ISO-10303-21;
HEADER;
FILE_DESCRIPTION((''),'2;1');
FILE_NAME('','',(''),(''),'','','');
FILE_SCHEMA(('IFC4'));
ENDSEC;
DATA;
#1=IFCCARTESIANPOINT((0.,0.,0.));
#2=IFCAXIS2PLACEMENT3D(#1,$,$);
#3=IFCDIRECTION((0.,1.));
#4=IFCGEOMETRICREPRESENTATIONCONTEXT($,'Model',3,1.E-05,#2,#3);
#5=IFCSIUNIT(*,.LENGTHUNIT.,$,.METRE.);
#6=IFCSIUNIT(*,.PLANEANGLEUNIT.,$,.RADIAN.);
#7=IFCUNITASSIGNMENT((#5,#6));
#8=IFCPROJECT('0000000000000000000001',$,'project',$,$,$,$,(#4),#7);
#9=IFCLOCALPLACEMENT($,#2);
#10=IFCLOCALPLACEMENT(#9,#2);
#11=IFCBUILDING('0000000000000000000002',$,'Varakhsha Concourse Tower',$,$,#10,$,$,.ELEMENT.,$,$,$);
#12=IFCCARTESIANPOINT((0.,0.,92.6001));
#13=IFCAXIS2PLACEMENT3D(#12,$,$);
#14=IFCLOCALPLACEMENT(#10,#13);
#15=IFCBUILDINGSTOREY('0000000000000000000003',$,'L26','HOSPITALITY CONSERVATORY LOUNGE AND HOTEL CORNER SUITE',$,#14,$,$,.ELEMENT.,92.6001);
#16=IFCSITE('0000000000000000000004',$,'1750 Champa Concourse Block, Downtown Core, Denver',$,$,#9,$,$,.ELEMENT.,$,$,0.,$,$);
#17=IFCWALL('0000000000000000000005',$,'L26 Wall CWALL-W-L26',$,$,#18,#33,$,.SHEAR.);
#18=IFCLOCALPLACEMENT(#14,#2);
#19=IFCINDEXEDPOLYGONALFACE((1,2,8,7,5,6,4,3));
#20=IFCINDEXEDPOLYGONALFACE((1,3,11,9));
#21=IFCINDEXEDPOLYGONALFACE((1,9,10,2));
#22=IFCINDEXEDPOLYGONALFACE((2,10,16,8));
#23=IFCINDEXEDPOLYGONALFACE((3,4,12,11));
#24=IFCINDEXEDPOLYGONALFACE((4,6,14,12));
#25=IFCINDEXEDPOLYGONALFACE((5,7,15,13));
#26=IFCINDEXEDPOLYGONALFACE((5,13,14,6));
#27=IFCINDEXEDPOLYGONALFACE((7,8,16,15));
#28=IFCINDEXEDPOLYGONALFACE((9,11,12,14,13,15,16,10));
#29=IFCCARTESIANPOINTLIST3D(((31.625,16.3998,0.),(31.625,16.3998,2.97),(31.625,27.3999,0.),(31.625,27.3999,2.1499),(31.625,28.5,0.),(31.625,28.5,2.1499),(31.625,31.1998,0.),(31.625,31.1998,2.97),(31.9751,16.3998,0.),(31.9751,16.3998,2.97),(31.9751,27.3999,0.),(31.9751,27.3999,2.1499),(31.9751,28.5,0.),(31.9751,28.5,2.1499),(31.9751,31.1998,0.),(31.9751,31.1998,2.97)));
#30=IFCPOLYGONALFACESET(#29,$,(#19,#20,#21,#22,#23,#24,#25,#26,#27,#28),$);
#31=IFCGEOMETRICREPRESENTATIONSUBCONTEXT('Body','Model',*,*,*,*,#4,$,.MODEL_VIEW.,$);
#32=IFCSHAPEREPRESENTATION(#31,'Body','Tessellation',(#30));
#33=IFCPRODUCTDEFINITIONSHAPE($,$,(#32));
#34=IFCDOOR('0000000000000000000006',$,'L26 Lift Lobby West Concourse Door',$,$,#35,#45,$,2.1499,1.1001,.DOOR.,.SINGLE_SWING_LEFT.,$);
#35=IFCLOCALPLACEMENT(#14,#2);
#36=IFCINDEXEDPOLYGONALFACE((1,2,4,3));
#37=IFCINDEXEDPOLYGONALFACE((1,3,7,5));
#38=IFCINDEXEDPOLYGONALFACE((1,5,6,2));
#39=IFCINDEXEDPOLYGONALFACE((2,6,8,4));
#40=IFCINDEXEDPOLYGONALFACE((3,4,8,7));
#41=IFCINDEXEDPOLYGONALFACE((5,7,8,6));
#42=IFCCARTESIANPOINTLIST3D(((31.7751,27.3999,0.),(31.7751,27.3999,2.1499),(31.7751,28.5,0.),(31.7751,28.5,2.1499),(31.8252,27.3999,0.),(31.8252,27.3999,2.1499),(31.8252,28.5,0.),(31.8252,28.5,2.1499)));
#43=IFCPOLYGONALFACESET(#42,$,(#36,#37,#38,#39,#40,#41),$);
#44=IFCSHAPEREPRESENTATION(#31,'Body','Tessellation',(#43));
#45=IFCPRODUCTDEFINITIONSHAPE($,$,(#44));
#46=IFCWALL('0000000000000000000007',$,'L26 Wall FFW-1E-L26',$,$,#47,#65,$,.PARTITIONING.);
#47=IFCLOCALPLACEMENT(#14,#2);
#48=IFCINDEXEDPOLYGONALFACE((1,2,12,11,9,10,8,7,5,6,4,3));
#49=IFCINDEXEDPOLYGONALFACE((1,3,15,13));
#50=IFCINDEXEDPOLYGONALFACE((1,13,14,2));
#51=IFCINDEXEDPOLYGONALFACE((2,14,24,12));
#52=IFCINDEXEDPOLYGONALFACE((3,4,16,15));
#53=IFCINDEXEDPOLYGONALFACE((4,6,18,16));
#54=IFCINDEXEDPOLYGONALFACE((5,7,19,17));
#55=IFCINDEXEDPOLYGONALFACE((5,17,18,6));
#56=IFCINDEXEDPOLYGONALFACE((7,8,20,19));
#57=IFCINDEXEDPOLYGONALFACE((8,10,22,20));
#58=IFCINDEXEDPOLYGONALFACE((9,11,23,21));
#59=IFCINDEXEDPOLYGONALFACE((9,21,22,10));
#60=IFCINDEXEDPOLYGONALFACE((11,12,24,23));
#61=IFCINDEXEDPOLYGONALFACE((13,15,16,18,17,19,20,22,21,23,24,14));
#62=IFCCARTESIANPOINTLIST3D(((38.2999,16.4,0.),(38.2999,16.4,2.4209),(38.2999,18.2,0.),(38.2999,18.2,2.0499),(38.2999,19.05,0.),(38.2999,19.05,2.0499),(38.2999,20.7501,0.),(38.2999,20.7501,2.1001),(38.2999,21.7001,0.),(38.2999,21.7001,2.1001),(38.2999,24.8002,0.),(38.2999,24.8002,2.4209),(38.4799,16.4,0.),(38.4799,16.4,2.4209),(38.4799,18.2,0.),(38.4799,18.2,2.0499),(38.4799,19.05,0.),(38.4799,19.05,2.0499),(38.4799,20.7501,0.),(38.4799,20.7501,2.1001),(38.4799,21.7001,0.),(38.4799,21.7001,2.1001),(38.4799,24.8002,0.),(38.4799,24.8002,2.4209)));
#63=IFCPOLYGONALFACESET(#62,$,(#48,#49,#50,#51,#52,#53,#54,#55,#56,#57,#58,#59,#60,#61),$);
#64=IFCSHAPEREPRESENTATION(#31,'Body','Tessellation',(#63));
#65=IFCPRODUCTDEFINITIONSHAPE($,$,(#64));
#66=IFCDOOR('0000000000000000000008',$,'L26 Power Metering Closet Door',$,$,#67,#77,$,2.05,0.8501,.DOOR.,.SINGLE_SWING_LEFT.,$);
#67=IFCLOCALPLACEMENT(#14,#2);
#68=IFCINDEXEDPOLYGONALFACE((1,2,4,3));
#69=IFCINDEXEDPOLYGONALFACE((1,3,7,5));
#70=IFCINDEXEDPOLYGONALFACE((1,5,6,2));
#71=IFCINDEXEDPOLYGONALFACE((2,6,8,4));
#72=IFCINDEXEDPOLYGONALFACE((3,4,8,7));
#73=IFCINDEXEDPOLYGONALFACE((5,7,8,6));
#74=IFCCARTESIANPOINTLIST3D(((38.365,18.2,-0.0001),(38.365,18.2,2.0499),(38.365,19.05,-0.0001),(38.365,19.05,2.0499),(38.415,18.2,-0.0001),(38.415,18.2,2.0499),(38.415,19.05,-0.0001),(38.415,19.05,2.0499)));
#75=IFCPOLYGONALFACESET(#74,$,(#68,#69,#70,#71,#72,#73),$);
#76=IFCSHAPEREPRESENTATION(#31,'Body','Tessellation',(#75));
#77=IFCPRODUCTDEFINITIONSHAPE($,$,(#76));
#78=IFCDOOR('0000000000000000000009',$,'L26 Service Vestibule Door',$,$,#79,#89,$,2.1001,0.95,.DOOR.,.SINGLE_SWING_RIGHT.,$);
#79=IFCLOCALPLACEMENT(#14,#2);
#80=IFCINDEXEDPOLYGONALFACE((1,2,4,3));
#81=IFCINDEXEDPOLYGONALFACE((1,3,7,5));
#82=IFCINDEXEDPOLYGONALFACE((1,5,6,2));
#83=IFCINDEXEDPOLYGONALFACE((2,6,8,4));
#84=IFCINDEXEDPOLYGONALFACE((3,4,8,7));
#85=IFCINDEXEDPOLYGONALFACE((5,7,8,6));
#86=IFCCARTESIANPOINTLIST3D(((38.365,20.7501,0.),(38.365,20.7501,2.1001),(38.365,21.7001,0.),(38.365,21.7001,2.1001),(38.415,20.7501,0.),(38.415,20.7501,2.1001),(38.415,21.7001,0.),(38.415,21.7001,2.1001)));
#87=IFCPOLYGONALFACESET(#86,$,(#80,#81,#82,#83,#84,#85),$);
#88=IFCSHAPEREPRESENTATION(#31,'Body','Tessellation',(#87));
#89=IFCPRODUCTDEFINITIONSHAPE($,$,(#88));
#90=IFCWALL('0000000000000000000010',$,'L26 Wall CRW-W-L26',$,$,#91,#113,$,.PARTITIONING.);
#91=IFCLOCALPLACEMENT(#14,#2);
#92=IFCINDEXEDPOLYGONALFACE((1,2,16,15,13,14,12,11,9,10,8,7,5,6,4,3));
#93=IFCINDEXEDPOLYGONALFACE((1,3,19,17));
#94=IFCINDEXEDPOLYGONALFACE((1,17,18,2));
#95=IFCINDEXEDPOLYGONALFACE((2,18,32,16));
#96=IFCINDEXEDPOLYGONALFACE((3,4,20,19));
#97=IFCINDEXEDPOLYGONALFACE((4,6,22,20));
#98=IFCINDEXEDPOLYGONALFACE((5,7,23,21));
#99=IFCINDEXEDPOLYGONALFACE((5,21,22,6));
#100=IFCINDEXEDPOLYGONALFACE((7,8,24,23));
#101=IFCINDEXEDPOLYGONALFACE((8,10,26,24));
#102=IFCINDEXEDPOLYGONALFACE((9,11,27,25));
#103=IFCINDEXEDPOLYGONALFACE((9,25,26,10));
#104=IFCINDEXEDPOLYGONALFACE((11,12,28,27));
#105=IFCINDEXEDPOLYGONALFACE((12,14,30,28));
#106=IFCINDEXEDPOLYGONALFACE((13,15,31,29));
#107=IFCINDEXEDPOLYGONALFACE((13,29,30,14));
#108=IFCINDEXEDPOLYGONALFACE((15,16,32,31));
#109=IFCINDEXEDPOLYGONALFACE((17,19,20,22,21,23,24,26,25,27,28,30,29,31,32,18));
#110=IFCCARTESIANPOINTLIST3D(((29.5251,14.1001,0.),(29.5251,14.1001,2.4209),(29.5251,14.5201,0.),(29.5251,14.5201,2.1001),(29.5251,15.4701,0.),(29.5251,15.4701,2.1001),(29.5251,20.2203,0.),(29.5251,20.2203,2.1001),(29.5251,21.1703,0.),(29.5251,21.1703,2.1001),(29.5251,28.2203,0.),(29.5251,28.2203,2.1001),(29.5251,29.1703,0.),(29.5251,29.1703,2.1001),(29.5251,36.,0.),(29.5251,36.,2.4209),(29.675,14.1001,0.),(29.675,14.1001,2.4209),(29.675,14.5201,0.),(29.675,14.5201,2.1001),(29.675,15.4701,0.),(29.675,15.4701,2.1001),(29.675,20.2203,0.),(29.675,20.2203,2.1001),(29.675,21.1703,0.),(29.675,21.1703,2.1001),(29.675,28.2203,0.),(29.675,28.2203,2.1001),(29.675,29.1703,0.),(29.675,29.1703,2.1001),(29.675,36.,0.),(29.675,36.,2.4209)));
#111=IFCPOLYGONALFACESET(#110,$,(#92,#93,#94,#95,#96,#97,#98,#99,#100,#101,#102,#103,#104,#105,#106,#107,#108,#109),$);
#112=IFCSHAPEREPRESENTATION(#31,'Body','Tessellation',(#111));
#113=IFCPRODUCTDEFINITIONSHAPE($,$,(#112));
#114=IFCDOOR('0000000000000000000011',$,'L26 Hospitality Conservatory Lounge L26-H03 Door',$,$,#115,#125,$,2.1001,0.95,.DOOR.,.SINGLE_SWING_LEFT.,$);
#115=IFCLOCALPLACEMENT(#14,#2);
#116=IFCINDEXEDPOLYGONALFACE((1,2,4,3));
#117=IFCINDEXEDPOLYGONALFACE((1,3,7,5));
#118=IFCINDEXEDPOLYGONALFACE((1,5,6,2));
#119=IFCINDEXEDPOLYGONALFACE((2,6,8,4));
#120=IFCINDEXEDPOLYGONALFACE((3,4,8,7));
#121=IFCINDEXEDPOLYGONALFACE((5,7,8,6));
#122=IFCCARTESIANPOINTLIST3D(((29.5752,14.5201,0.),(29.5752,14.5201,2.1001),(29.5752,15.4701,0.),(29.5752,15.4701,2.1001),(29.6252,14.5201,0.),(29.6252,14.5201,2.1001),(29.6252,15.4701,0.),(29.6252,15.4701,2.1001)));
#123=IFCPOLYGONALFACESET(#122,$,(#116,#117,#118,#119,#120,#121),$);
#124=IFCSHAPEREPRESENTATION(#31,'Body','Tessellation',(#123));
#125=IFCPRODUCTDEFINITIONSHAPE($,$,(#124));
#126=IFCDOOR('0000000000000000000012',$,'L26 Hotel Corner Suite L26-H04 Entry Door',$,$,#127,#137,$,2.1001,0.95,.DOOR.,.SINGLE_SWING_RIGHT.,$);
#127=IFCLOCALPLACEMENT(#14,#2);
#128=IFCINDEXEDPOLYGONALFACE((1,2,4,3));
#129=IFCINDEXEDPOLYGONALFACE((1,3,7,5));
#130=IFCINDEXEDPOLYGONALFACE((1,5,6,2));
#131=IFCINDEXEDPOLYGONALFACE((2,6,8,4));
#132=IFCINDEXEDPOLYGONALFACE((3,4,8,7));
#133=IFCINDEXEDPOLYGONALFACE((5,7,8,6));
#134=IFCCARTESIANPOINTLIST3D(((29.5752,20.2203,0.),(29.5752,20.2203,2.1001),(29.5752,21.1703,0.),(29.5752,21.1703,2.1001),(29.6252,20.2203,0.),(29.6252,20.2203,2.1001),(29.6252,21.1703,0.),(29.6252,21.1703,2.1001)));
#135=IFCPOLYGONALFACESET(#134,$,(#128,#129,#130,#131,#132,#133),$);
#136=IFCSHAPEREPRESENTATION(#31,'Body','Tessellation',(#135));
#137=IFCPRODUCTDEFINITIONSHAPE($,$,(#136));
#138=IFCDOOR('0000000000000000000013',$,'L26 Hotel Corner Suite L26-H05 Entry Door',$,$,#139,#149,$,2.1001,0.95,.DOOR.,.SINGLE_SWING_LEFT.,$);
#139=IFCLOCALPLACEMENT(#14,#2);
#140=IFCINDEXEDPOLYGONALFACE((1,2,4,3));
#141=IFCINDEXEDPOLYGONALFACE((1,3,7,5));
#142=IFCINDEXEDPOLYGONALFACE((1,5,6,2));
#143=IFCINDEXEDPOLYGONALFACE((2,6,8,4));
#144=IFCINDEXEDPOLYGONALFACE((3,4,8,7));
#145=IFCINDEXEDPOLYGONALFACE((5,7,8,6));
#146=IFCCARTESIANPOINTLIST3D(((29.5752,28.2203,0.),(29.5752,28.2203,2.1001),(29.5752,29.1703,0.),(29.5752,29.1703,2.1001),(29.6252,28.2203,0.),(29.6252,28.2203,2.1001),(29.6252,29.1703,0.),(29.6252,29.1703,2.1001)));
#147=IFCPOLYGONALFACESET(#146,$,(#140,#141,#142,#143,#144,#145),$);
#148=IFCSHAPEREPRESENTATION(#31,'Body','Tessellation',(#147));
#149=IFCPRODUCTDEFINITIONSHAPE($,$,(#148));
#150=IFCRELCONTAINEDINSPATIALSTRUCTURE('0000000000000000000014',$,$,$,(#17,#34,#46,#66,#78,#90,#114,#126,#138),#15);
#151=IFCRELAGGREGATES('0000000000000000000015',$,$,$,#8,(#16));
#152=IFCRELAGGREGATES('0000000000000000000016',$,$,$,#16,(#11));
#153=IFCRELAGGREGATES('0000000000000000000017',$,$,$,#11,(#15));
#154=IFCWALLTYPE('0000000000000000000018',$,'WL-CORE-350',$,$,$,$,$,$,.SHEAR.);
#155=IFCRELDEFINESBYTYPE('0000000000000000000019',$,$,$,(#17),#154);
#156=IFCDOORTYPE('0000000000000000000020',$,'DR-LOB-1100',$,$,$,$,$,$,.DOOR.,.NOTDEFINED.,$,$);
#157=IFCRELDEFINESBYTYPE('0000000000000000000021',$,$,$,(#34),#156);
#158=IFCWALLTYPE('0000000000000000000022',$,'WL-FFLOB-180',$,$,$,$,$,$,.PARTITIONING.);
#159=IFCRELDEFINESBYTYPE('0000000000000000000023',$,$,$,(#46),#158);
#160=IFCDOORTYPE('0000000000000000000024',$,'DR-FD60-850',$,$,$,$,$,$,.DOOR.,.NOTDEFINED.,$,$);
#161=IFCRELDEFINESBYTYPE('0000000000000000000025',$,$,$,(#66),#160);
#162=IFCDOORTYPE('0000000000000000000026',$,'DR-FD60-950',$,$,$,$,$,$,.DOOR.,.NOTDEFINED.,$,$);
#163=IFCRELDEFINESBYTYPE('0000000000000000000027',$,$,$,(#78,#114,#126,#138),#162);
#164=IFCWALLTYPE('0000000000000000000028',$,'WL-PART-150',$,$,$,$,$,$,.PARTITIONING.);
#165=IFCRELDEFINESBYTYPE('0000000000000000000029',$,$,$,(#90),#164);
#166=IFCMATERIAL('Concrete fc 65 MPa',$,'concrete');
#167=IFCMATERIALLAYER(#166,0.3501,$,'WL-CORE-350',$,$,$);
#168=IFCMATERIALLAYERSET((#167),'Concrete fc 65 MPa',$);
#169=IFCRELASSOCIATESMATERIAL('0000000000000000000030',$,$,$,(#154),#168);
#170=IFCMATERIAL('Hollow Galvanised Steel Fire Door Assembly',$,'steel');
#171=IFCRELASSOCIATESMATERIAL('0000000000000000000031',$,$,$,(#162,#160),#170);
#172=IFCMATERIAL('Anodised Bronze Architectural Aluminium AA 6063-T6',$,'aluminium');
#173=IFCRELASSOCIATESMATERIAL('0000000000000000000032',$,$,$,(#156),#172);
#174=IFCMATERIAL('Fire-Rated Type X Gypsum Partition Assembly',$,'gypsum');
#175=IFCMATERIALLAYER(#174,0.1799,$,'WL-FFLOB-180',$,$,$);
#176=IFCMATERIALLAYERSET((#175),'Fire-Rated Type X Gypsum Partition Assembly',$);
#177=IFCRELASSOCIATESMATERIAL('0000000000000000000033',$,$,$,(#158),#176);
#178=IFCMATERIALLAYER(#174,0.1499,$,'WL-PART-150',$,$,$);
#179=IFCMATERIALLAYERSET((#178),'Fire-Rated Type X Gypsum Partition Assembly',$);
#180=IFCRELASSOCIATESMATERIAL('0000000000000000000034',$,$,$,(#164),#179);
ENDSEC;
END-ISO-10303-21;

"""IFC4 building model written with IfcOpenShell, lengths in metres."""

from ifc_helpers import new_model, si_unit, direction, frame, frame_2d, origin, place, context, subcontext, project, spatial, rectangle, extrude, material, layer, layer_set, type_object, element, fill, save


model = new_model("IFC4")

# Units and contexts
model_context = context("Model", 3, precision=1e-05, world=origin(), true_north=direction((0.0, 1.0)))
body_context = subcontext(model_context, "Body", "Model", "MODEL_VIEW")
ifc_project = project(units=[si_unit("LENGTHUNIT", "METRE"), si_unit("PLANEANGLEUNIT", "RADIAN")], contexts=[model_context])

# Site, building, storey
site_placement = place(None, origin())
site = spatial("IfcSite", under=ifc_project, at=site_placement, Name="1750 Champa Concourse Block, Downtown Core, Denver", CompositionType="ELEMENT", RefElevation=0.0)
building_placement = place(site_placement, origin())
building = spatial("IfcBuilding", under=site, at=building_placement, Name="Varakhsha Concourse Tower", CompositionType="ELEMENT")
storey_placement = place(building_placement, frame((0.0, 0.0, 92.6001)))
storey = spatial("IfcBuildingStorey", under=building, at=storey_placement, Name="L26", Description="HOSPITALITY CONSERVATORY LOUNGE AND HOTEL CORNER SUITE", CompositionType="ELEMENT", Elevation=92.6001)

# Shared definitions
ifc_material_1 = material(Name="Concrete fc 65 MPa", Category="concrete")

# Shared definitions
ifc_layer_1 = layer(ifc_material_1, 0.3501, Name="WL-CORE-350")
ifc_layer_set_1 = layer_set([ifc_layer_1], Name="Concrete fc 65 MPa")
wall_type_1 = type_object("IfcWallType", Name="WL-CORE-350", PredefinedType="SHEAR", material=ifc_layer_set_1)
ifc_material_2 = material(Name="Hollow Galvanised Steel Fire Door Assembly", Category="steel")
door_type_1 = type_object("IfcDoorType", Name="DR-FD60-950", OperationType="NOTDEFINED", PredefinedType="DOOR", material=ifc_material_2)

# Wall, opening, door
wall_1_placement = place(storey_placement, frame((31.8, 16.3999, 0.0), z_axis=(0.0, 0.0, 1.0), x_axis=(0.0, 1.0, 0.0)))
wall_1 = element("IfcWall", 1, at=wall_1_placement, inside=storey, type_object=wall_type_1, Name="L26 Wall CWALL-W-L26", PredefinedType="SHEAR", context=body_context, shape_type="SweptSolid", body=[
    extrude(rectangle(XDim=14.8, YDim=0.3501, at=frame_2d((7.3999, 0.0))), origin(), (0.0, 0.0, 1.0), 2.97),
])
opening_1_placement = place(wall_1_placement, frame((11.0, 0.0, 0.0)))
opening_1 = element("IfcOpeningElement", 2, at=opening_1_placement, cuts=wall_1, PredefinedType="OPENING", context=body_context, shape_type="SweptSolid", body=[
    extrude(rectangle(XDim=1.1001, YDim=2.1499, at=frame_2d((0.55, 1.075))), frame((0.0, 0.1851, 0.0), z_axis=(0.0, -1.0, 0.0), x_axis=(1.0, 0.0, 0.0)), (0.0, 0.0, 1.0), 0.3701),
])
ifc_material_3 = material(Name="Anodised Bronze Architectural Aluminium AA 6063-T6", Category="aluminium")
door_type_2 = type_object("IfcDoorType", Name="DR-LOB-1100", OperationType="NOTDEFINED", PredefinedType="DOOR", material=ifc_material_3)
door_1_placement = place(opening_1_placement, origin())
door_1 = element("IfcDoor", 3, at=door_1_placement, inside=storey, type_object=door_type_2, Name="L26 Lift Lobby West Concourse Door", OperationType="SINGLE_SWING_LEFT", OverallHeight=2.1499, OverallWidth=1.1001, PredefinedType="DOOR", context=body_context, shape_type="SweptSolid", body=[
    extrude(rectangle(XDim=1.1001, YDim=2.1499, at=frame_2d((0.55, 1.075))), frame((0.0, 0.0249, 0.0), z_axis=(0.0, -1.0, 0.0), x_axis=(1.0, 0.0, 0.0)), (0.0, 0.0, 1.0), 0.05),
])
fill(opening_1, door_1)

# Walls, openings, doors
ifc_material_4 = material(Name="Fire-Rated Type X Gypsum Partition Assembly", Category="gypsum")
ifc_layer_2 = layer(ifc_material_4, 0.1799, Name="WL-FFLOB-180")
ifc_layer_set_2 = layer_set([ifc_layer_2], Name="Fire-Rated Type X Gypsum Partition Assembly")
wall_type_2 = type_object("IfcWallType", Name="WL-FFLOB-180", PredefinedType="PARTITIONING", material=ifc_layer_set_2)
wall_2_placement = place(storey_placement, frame((38.3899, 16.3999, 0.0), z_axis=(0.0, 0.0, 1.0), x_axis=(0.0, 1.0, 0.0)))
wall_2 = element("IfcWall", 4, at=wall_2_placement, inside=storey, type_object=wall_type_2, Name="L26 Wall FFW-1E-L26", PredefinedType="PARTITIONING", context=body_context, shape_type="SweptSolid", body=[
    extrude(rectangle(XDim=8.4001, YDim=0.1799, at=frame_2d((4.2002, 0.0))), origin(), (0.0, 0.0, 1.0), 2.4209),
])
opening_2_placement = place(wall_2_placement, frame((1.8, 0.0, 0.0)))
opening_2 = element("IfcOpeningElement", 5, at=opening_2_placement, cuts=wall_2, PredefinedType="OPENING", context=body_context, shape_type="SweptSolid", body=[
    extrude(rectangle(XDim=0.8501, YDim=2.05, at=frame_2d((0.425, 1.0249))), frame((0.0, 0.0999, 0.0), z_axis=(0.0, -1.0, 0.0), x_axis=(1.0, 0.0, 0.0)), (0.0, 0.0, 1.0), 0.2),
])
opening_3_placement = place(wall_2_placement, frame((4.3501, 0.0, 0.0)))
opening_3 = element("IfcOpeningElement", 6, at=opening_3_placement, cuts=wall_2, PredefinedType="OPENING", context=body_context, shape_type="SweptSolid", body=[
    extrude(rectangle(XDim=0.95, YDim=2.1001, at=frame_2d((0.4751, 1.05))), frame((0.0, 0.0999, 0.0), z_axis=(0.0, -1.0, 0.0), x_axis=(1.0, 0.0, 0.0)), (0.0, 0.0, 1.0), 0.2),
])
door_type_3 = type_object("IfcDoorType", Name="DR-FD60-850", OperationType="NOTDEFINED", PredefinedType="DOOR", material=ifc_material_2)
door_2_placement = place(opening_2_placement, origin())
door_2 = element("IfcDoor", 7, at=door_2_placement, inside=storey, type_object=door_type_3, Name="L26 Power Metering Closet Door", OperationType="SINGLE_SWING_LEFT", OverallHeight=2.05, OverallWidth=0.8501, PredefinedType="DOOR", context=body_context, shape_type="SweptSolid", body=[
    extrude(rectangle(XDim=0.8501, YDim=2.05, at=frame_2d((0.425, 1.0249))), frame((0.0, 0.0249, 0.0), z_axis=(0.0, -1.0, 0.0), x_axis=(1.0, 0.0, 0.0)), (0.0, 0.0, 1.0), 0.05),
])
fill(opening_2, door_2)
door_3_placement = place(opening_3_placement, origin())
door_3 = element("IfcDoor", 8, at=door_3_placement, inside=storey, type_object=door_type_1, Name="L26 Service Vestibule Door", OperationType="SINGLE_SWING_RIGHT", OverallHeight=2.1001, OverallWidth=0.95, PredefinedType="DOOR", context=body_context, shape_type="SweptSolid", body=[
    extrude(rectangle(XDim=0.95, YDim=2.1001, at=frame_2d((0.4751, 1.05))), frame((0.0, 0.0249, 0.0), z_axis=(0.0, -1.0, 0.0), x_axis=(1.0, 0.0, 0.0)), (0.0, 0.0, 1.0), 0.05),
])
fill(opening_3, door_3)
ifc_layer_3 = layer(ifc_material_4, 0.1499, Name="WL-PART-150")
ifc_layer_set_3 = layer_set([ifc_layer_3], Name="Fire-Rated Type X Gypsum Partition Assembly")
wall_type_3 = type_object("IfcWallType", Name="WL-PART-150", PredefinedType="PARTITIONING", material=ifc_layer_set_3)
wall_3_placement = place(storey_placement, frame((29.6001, 14.1001, 0.0), z_axis=(0.0, 0.0, 1.0), x_axis=(0.0, 1.0, 0.0)))
wall_3 = element("IfcWall", 9, at=wall_3_placement, inside=storey, type_object=wall_type_3, Name="L26 Wall CRW-W-L26", PredefinedType="PARTITIONING", context=body_context, shape_type="SweptSolid", body=[
    extrude(rectangle(XDim=21.8999, YDim=0.1499, at=frame_2d((10.95, 0.0))), origin(), (0.0, 0.0, 1.0), 2.4209),
])
opening_4_placement = place(wall_3_placement, frame((0.4199, 0.0, 0.0)))
opening_4 = element("IfcOpeningElement", 10, at=opening_4_placement, cuts=wall_3, PredefinedType="OPENING", context=body_context, shape_type="SweptSolid", body=[
    extrude(rectangle(XDim=0.95, YDim=2.1001, at=frame_2d((0.4751, 1.05))), frame((0.0, 0.085, 0.0), z_axis=(0.0, -1.0, 0.0), x_axis=(1.0, 0.0, 0.0)), (0.0, 0.0, 1.0), 0.1699),
])
opening_5_placement = place(wall_3_placement, frame((6.1201, 0.0, 0.0)))
opening_5 = element("IfcOpeningElement", 11, at=opening_5_placement, cuts=wall_3, PredefinedType="OPENING", context=body_context, shape_type="SweptSolid", body=[
    extrude(rectangle(XDim=0.95, YDim=2.1001, at=frame_2d((0.4751, 1.05))), frame((0.0, 0.085, 0.0), z_axis=(0.0, -1.0, 0.0), x_axis=(1.0, 0.0, 0.0)), (0.0, 0.0, 1.0), 0.1699),
])
opening_6_placement = place(wall_3_placement, frame((14.1201, 0.0, 0.0)))
opening_6 = element("IfcOpeningElement", 12, at=opening_6_placement, cuts=wall_3, PredefinedType="OPENING", context=body_context, shape_type="SweptSolid", body=[
    extrude(rectangle(XDim=0.95, YDim=2.1001, at=frame_2d((0.4751, 1.05))), frame((0.0, 0.085, 0.0), z_axis=(0.0, -1.0, 0.0), x_axis=(1.0, 0.0, 0.0)), (0.0, 0.0, 1.0), 0.1699),
])
door_4_placement = place(opening_4_placement, origin())
door_4 = element("IfcDoor", 13, at=door_4_placement, inside=storey, type_object=door_type_1, Name="L26 Hospitality Conservatory Lounge L26-H03 Door", OperationType="SINGLE_SWING_LEFT", OverallHeight=2.1001, OverallWidth=0.95, PredefinedType="DOOR", context=body_context, shape_type="SweptSolid", body=[
    extrude(rectangle(XDim=0.95, YDim=2.1001, at=frame_2d((0.4751, 1.05))), frame((0.0, 0.0249, 0.0), z_axis=(0.0, -1.0, 0.0), x_axis=(1.0, 0.0, 0.0)), (0.0, 0.0, 1.0), 0.05),
])
fill(opening_4, door_4)
door_5_placement = place(opening_5_placement, origin())
door_5 = element("IfcDoor", 14, at=door_5_placement, inside=storey, type_object=door_type_1, Name="L26 Hotel Corner Suite L26-H04 Entry Door", OperationType="SINGLE_SWING_RIGHT", OverallHeight=2.1001, OverallWidth=0.95, PredefinedType="DOOR", context=body_context, shape_type="SweptSolid", body=[
    extrude(rectangle(XDim=0.95, YDim=2.1001, at=frame_2d((0.4751, 1.05))), frame((0.0, 0.0249, 0.0), z_axis=(0.0, -1.0, 0.0), x_axis=(1.0, 0.0, 0.0)), (0.0, 0.0, 1.0), 0.05),
])
fill(opening_5, door_5)
door_6_placement = place(opening_6_placement, origin())
door_6 = element("IfcDoor", 15, at=door_6_placement, inside=storey, type_object=door_type_1, Name="L26 Hotel Corner Suite L26-H05 Entry Door", OperationType="SINGLE_SWING_LEFT", OverallHeight=2.1001, OverallWidth=0.95, PredefinedType="DOOR", context=body_context, shape_type="SweptSolid", body=[
    extrude(rectangle(XDim=0.95, YDim=2.1001, at=frame_2d((0.4751, 1.05))), frame((0.0, 0.0249, 0.0), z_axis=(0.0, -1.0, 0.0), x_axis=(1.0, 0.0, 0.0)), (0.0, 0.0, 1.0), 0.05),
])
fill(opening_6, door_6)

save(model, "model.ifc")
